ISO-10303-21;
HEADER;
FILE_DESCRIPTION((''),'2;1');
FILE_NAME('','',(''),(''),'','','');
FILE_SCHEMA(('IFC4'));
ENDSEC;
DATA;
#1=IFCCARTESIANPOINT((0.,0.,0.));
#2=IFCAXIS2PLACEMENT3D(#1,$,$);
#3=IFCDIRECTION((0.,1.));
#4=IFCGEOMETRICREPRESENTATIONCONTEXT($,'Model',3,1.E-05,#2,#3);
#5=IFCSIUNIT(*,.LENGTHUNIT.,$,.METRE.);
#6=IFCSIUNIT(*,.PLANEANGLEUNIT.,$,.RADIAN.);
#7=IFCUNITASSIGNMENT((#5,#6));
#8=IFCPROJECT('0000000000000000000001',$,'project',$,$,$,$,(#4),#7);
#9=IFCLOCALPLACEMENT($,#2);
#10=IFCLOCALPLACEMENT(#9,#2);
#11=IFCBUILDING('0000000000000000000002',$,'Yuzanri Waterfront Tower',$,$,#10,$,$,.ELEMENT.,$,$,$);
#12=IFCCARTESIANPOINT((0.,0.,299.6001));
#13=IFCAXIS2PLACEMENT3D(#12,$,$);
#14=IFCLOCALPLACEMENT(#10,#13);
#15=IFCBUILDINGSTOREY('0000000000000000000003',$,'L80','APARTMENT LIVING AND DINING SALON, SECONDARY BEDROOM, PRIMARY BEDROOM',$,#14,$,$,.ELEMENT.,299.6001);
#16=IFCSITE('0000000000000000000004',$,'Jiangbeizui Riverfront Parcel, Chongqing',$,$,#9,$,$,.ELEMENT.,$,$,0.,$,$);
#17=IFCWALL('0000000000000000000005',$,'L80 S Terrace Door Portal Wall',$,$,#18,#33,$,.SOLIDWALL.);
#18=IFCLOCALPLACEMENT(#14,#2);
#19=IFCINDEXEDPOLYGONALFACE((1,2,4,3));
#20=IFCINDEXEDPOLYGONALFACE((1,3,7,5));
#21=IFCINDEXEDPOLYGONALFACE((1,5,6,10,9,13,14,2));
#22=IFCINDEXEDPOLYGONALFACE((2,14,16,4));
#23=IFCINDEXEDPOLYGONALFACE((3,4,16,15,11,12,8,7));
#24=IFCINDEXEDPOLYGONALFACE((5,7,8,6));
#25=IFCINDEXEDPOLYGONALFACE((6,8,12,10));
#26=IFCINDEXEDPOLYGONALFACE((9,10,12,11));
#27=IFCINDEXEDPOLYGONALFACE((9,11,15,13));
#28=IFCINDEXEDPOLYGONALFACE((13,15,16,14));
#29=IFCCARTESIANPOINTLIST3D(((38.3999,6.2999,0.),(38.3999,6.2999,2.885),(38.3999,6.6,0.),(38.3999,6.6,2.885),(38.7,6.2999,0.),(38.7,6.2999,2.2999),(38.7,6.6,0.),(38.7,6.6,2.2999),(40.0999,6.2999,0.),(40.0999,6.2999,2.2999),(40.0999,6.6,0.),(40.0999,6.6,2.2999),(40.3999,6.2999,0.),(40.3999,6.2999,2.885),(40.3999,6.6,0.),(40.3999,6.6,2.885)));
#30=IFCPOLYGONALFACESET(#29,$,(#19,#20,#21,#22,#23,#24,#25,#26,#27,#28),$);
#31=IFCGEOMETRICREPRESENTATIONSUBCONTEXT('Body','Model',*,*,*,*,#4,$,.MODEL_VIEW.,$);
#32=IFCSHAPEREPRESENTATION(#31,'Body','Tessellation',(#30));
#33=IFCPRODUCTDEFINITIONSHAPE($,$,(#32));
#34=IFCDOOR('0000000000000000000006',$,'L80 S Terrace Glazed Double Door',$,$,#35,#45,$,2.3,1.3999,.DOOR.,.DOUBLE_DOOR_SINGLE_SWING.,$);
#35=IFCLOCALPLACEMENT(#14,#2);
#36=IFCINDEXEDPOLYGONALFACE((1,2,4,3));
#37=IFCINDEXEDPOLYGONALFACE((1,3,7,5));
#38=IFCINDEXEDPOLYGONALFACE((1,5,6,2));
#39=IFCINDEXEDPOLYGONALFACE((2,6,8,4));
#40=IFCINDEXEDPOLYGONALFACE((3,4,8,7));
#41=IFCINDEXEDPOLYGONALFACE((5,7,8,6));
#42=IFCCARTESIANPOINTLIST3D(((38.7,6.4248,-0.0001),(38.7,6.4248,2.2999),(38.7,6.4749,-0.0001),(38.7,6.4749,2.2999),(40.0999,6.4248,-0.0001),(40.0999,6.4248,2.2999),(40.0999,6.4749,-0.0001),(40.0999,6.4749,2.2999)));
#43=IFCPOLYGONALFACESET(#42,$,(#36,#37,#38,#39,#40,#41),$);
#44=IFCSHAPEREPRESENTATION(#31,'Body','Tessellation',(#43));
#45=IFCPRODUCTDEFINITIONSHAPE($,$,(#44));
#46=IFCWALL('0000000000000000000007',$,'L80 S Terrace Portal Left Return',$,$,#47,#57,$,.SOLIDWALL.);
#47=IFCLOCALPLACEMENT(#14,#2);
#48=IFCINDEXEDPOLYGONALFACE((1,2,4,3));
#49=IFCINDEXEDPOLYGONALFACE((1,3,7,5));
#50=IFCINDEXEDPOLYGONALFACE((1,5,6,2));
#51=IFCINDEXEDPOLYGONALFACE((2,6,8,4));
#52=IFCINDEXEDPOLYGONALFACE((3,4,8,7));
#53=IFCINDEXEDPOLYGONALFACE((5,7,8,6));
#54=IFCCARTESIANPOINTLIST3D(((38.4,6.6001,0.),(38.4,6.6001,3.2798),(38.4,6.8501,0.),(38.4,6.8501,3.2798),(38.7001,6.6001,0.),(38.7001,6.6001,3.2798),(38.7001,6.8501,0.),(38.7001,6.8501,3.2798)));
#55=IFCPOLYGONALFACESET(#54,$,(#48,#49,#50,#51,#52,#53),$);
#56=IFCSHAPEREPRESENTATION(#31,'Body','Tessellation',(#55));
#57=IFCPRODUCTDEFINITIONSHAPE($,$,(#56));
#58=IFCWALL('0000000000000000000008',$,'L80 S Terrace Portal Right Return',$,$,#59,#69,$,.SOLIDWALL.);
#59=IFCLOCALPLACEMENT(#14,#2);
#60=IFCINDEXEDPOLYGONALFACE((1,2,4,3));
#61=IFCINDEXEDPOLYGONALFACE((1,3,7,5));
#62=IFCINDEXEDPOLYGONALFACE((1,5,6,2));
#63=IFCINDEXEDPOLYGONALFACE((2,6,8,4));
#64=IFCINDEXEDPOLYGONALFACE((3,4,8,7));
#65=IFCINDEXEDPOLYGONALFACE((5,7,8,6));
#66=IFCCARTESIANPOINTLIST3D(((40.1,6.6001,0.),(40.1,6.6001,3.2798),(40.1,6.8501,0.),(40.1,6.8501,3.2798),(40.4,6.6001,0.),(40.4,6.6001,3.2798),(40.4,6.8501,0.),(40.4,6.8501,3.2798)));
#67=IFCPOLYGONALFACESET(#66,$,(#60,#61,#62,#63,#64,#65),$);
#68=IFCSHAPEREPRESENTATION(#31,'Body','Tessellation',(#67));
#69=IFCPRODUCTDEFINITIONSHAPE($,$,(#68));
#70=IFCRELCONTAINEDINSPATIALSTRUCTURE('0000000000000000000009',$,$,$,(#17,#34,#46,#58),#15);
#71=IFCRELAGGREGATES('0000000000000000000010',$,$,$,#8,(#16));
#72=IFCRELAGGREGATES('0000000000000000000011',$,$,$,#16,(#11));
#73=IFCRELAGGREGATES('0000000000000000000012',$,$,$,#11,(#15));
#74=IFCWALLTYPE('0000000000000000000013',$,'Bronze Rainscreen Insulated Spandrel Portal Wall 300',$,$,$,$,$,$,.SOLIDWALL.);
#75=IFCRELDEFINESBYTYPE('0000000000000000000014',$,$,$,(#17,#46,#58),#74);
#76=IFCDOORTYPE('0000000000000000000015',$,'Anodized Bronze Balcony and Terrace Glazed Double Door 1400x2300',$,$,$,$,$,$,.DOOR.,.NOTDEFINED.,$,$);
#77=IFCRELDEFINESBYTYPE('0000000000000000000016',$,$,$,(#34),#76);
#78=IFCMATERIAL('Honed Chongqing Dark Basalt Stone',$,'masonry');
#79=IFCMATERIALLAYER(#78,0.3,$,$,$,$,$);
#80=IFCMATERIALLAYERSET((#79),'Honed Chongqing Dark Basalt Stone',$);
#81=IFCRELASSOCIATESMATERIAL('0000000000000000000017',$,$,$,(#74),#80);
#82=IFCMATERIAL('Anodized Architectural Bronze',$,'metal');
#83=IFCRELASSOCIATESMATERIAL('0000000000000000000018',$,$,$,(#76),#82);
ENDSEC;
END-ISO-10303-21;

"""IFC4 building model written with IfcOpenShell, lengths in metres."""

from ifc_helpers import new_model, si_unit, direction, frame, frame_2d, origin, place, context, subcontext, project, spatial, rectangle, extrude, source, transform, mapped, material, layer, layer_set, type_object, element, fill, save


model = new_model("IFC4")

# Units and contexts
model_context = context("Model", 3, precision=1e-05, world=origin(), true_north=direction((0.0, 1.0)))
body_context = subcontext(model_context, "Body", "Model", "MODEL_VIEW")
ifc_project = project(units=[si_unit("LENGTHUNIT", "METRE"), si_unit("PLANEANGLEUNIT", "RADIAN")], contexts=[model_context])

# Site, building, storey
site_placement = place(None, origin())
site = spatial("IfcSite", under=ifc_project, at=site_placement, Name="Jiangbeizui Riverfront Parcel, Chongqing", CompositionType="ELEMENT", RefElevation=0.0)
building_placement = place(site_placement, origin())
building = spatial("IfcBuilding", under=site, at=building_placement, Name="Yuzanri Waterfront Tower", CompositionType="ELEMENT")
storey_placement = place(building_placement, frame((0.0, 0.0, 299.6001)))
storey = spatial("IfcBuildingStorey", under=building, at=storey_placement, Name="L80", Description="APARTMENT LIVING AND DINING SALON, SECONDARY BEDROOM, PRIMARY BEDROOM", CompositionType="ELEMENT", Elevation=299.6001)

# Wall, opening, door
ifc_material_1 = material(Name="Honed Chongqing Dark Basalt Stone", Category="masonry")
ifc_layer_1 = layer(ifc_material_1, 0.3)
ifc_layer_set_1 = layer_set([ifc_layer_1], Name="Honed Chongqing Dark Basalt Stone")
wall_type_1 = type_object("IfcWallType", Name="Bronze Rainscreen Insulated Spandrel Portal Wall 300", PredefinedType="SOLIDWALL", material=ifc_layer_set_1)
wall_1_placement = place(storey_placement, frame((38.3999, 6.45, 0.0), z_axis=(0.0, 0.0, 1.0), x_axis=(1.0, 0.0, 0.0)))
wall_1 = element("IfcWall", 1, at=wall_1_placement, inside=storey, type_object=wall_type_1, Name="L80 S Terrace Door Portal Wall", PredefinedType="SOLIDWALL", context=body_context, shape_type="SweptSolid", body=[
    extrude(rectangle(XDim=2.0, YDim=0.3, at=frame_2d((1.0, 0.0))), origin(), (0.0, 0.0, 1.0), 2.885),
])
opening_1_placement = place(wall_1_placement, frame((0.3, 0.0, 0.0)))
opening_1 = element("IfcOpeningElement", 2, at=opening_1_placement, cuts=wall_1, PredefinedType="OPENING", context=body_context, shape_type="SweptSolid", body=[
    extrude(rectangle(XDim=1.3999, YDim=2.3, at=frame_2d((0.7, 1.1499))), frame((0.0, 0.165, 0.0), z_axis=(0.0, -1.0, 0.0), x_axis=(1.0, 0.0, 0.0)), (0.0, 0.0, 1.0), 0.3298),
])
ifc_material_2 = material(Name="Anodized Architectural Bronze", Category="metal")
door_type_1 = type_object("IfcDoorType", Name="Anodized Bronze Balcony and Terrace Glazed Double Door 1400x2300", OperationType="NOTDEFINED", PredefinedType="DOOR", material=ifc_material_2)
shared_shape_1 = source(origin(), body_context, "Body", "SweptSolid", [
    extrude(rectangle(XDim=1.3999, YDim=2.3, at=frame_2d((0.7, 1.1499))), frame((0.0, 0.0249, 0.0), z_axis=(0.0, -1.0, 0.0), x_axis=(1.0, 0.0, 0.0)), (0.0, 0.0, 1.0), 0.05),
])
door_1_placement = place(opening_1_placement, origin())
door_1 = element("IfcDoor", 3, at=door_1_placement, inside=storey, type_object=door_type_1, Name="L80 S Terrace Glazed Double Door", OperationType="DOUBLE_DOOR_SINGLE_SWING", OverallHeight=2.3, OverallWidth=1.3999, PredefinedType="DOOR", context=body_context, shape_type="MappedRepresentation", body=[
    mapped(shared_shape_1, transform((0.0, 0.0, 0.0), scale=1.0)),
])
fill(opening_1, door_1)

# Walls
shared_shape_2 = source(origin(), body_context, "Body", "SweptSolid", [
    extrude(rectangle(XDim=0.25, YDim=0.3, at=frame_2d((0.125, 0.0))), origin(), (0.0, 0.0, 1.0), 3.2798),
])
for number, where, z_axis, x_axis, name in (
    (4, (38.55, 6.8501, 0.0), (0.0, 0.0, 1.0), (0.0, -1.0, 0.0), "L80 S Terrace Portal Left Return"),
    (5, (40.25, 6.6001, 0.0), (0.0, 0.0, 1.0), (0.0, 1.0, 0.0), "L80 S Terrace Portal Right Return"),
):
    element("IfcWall", number, at=place(storey_placement, frame(where, z_axis=z_axis, x_axis=x_axis)), inside=storey, type_object=wall_type_1, Name=name, PredefinedType="SOLIDWALL", context=body_context, shape_type="MappedRepresentation", body=[
        mapped(shared_shape_2, transform((0.0, 0.0, 0.0), scale=1.0)),
    ])

save(model, "model.ifc")
